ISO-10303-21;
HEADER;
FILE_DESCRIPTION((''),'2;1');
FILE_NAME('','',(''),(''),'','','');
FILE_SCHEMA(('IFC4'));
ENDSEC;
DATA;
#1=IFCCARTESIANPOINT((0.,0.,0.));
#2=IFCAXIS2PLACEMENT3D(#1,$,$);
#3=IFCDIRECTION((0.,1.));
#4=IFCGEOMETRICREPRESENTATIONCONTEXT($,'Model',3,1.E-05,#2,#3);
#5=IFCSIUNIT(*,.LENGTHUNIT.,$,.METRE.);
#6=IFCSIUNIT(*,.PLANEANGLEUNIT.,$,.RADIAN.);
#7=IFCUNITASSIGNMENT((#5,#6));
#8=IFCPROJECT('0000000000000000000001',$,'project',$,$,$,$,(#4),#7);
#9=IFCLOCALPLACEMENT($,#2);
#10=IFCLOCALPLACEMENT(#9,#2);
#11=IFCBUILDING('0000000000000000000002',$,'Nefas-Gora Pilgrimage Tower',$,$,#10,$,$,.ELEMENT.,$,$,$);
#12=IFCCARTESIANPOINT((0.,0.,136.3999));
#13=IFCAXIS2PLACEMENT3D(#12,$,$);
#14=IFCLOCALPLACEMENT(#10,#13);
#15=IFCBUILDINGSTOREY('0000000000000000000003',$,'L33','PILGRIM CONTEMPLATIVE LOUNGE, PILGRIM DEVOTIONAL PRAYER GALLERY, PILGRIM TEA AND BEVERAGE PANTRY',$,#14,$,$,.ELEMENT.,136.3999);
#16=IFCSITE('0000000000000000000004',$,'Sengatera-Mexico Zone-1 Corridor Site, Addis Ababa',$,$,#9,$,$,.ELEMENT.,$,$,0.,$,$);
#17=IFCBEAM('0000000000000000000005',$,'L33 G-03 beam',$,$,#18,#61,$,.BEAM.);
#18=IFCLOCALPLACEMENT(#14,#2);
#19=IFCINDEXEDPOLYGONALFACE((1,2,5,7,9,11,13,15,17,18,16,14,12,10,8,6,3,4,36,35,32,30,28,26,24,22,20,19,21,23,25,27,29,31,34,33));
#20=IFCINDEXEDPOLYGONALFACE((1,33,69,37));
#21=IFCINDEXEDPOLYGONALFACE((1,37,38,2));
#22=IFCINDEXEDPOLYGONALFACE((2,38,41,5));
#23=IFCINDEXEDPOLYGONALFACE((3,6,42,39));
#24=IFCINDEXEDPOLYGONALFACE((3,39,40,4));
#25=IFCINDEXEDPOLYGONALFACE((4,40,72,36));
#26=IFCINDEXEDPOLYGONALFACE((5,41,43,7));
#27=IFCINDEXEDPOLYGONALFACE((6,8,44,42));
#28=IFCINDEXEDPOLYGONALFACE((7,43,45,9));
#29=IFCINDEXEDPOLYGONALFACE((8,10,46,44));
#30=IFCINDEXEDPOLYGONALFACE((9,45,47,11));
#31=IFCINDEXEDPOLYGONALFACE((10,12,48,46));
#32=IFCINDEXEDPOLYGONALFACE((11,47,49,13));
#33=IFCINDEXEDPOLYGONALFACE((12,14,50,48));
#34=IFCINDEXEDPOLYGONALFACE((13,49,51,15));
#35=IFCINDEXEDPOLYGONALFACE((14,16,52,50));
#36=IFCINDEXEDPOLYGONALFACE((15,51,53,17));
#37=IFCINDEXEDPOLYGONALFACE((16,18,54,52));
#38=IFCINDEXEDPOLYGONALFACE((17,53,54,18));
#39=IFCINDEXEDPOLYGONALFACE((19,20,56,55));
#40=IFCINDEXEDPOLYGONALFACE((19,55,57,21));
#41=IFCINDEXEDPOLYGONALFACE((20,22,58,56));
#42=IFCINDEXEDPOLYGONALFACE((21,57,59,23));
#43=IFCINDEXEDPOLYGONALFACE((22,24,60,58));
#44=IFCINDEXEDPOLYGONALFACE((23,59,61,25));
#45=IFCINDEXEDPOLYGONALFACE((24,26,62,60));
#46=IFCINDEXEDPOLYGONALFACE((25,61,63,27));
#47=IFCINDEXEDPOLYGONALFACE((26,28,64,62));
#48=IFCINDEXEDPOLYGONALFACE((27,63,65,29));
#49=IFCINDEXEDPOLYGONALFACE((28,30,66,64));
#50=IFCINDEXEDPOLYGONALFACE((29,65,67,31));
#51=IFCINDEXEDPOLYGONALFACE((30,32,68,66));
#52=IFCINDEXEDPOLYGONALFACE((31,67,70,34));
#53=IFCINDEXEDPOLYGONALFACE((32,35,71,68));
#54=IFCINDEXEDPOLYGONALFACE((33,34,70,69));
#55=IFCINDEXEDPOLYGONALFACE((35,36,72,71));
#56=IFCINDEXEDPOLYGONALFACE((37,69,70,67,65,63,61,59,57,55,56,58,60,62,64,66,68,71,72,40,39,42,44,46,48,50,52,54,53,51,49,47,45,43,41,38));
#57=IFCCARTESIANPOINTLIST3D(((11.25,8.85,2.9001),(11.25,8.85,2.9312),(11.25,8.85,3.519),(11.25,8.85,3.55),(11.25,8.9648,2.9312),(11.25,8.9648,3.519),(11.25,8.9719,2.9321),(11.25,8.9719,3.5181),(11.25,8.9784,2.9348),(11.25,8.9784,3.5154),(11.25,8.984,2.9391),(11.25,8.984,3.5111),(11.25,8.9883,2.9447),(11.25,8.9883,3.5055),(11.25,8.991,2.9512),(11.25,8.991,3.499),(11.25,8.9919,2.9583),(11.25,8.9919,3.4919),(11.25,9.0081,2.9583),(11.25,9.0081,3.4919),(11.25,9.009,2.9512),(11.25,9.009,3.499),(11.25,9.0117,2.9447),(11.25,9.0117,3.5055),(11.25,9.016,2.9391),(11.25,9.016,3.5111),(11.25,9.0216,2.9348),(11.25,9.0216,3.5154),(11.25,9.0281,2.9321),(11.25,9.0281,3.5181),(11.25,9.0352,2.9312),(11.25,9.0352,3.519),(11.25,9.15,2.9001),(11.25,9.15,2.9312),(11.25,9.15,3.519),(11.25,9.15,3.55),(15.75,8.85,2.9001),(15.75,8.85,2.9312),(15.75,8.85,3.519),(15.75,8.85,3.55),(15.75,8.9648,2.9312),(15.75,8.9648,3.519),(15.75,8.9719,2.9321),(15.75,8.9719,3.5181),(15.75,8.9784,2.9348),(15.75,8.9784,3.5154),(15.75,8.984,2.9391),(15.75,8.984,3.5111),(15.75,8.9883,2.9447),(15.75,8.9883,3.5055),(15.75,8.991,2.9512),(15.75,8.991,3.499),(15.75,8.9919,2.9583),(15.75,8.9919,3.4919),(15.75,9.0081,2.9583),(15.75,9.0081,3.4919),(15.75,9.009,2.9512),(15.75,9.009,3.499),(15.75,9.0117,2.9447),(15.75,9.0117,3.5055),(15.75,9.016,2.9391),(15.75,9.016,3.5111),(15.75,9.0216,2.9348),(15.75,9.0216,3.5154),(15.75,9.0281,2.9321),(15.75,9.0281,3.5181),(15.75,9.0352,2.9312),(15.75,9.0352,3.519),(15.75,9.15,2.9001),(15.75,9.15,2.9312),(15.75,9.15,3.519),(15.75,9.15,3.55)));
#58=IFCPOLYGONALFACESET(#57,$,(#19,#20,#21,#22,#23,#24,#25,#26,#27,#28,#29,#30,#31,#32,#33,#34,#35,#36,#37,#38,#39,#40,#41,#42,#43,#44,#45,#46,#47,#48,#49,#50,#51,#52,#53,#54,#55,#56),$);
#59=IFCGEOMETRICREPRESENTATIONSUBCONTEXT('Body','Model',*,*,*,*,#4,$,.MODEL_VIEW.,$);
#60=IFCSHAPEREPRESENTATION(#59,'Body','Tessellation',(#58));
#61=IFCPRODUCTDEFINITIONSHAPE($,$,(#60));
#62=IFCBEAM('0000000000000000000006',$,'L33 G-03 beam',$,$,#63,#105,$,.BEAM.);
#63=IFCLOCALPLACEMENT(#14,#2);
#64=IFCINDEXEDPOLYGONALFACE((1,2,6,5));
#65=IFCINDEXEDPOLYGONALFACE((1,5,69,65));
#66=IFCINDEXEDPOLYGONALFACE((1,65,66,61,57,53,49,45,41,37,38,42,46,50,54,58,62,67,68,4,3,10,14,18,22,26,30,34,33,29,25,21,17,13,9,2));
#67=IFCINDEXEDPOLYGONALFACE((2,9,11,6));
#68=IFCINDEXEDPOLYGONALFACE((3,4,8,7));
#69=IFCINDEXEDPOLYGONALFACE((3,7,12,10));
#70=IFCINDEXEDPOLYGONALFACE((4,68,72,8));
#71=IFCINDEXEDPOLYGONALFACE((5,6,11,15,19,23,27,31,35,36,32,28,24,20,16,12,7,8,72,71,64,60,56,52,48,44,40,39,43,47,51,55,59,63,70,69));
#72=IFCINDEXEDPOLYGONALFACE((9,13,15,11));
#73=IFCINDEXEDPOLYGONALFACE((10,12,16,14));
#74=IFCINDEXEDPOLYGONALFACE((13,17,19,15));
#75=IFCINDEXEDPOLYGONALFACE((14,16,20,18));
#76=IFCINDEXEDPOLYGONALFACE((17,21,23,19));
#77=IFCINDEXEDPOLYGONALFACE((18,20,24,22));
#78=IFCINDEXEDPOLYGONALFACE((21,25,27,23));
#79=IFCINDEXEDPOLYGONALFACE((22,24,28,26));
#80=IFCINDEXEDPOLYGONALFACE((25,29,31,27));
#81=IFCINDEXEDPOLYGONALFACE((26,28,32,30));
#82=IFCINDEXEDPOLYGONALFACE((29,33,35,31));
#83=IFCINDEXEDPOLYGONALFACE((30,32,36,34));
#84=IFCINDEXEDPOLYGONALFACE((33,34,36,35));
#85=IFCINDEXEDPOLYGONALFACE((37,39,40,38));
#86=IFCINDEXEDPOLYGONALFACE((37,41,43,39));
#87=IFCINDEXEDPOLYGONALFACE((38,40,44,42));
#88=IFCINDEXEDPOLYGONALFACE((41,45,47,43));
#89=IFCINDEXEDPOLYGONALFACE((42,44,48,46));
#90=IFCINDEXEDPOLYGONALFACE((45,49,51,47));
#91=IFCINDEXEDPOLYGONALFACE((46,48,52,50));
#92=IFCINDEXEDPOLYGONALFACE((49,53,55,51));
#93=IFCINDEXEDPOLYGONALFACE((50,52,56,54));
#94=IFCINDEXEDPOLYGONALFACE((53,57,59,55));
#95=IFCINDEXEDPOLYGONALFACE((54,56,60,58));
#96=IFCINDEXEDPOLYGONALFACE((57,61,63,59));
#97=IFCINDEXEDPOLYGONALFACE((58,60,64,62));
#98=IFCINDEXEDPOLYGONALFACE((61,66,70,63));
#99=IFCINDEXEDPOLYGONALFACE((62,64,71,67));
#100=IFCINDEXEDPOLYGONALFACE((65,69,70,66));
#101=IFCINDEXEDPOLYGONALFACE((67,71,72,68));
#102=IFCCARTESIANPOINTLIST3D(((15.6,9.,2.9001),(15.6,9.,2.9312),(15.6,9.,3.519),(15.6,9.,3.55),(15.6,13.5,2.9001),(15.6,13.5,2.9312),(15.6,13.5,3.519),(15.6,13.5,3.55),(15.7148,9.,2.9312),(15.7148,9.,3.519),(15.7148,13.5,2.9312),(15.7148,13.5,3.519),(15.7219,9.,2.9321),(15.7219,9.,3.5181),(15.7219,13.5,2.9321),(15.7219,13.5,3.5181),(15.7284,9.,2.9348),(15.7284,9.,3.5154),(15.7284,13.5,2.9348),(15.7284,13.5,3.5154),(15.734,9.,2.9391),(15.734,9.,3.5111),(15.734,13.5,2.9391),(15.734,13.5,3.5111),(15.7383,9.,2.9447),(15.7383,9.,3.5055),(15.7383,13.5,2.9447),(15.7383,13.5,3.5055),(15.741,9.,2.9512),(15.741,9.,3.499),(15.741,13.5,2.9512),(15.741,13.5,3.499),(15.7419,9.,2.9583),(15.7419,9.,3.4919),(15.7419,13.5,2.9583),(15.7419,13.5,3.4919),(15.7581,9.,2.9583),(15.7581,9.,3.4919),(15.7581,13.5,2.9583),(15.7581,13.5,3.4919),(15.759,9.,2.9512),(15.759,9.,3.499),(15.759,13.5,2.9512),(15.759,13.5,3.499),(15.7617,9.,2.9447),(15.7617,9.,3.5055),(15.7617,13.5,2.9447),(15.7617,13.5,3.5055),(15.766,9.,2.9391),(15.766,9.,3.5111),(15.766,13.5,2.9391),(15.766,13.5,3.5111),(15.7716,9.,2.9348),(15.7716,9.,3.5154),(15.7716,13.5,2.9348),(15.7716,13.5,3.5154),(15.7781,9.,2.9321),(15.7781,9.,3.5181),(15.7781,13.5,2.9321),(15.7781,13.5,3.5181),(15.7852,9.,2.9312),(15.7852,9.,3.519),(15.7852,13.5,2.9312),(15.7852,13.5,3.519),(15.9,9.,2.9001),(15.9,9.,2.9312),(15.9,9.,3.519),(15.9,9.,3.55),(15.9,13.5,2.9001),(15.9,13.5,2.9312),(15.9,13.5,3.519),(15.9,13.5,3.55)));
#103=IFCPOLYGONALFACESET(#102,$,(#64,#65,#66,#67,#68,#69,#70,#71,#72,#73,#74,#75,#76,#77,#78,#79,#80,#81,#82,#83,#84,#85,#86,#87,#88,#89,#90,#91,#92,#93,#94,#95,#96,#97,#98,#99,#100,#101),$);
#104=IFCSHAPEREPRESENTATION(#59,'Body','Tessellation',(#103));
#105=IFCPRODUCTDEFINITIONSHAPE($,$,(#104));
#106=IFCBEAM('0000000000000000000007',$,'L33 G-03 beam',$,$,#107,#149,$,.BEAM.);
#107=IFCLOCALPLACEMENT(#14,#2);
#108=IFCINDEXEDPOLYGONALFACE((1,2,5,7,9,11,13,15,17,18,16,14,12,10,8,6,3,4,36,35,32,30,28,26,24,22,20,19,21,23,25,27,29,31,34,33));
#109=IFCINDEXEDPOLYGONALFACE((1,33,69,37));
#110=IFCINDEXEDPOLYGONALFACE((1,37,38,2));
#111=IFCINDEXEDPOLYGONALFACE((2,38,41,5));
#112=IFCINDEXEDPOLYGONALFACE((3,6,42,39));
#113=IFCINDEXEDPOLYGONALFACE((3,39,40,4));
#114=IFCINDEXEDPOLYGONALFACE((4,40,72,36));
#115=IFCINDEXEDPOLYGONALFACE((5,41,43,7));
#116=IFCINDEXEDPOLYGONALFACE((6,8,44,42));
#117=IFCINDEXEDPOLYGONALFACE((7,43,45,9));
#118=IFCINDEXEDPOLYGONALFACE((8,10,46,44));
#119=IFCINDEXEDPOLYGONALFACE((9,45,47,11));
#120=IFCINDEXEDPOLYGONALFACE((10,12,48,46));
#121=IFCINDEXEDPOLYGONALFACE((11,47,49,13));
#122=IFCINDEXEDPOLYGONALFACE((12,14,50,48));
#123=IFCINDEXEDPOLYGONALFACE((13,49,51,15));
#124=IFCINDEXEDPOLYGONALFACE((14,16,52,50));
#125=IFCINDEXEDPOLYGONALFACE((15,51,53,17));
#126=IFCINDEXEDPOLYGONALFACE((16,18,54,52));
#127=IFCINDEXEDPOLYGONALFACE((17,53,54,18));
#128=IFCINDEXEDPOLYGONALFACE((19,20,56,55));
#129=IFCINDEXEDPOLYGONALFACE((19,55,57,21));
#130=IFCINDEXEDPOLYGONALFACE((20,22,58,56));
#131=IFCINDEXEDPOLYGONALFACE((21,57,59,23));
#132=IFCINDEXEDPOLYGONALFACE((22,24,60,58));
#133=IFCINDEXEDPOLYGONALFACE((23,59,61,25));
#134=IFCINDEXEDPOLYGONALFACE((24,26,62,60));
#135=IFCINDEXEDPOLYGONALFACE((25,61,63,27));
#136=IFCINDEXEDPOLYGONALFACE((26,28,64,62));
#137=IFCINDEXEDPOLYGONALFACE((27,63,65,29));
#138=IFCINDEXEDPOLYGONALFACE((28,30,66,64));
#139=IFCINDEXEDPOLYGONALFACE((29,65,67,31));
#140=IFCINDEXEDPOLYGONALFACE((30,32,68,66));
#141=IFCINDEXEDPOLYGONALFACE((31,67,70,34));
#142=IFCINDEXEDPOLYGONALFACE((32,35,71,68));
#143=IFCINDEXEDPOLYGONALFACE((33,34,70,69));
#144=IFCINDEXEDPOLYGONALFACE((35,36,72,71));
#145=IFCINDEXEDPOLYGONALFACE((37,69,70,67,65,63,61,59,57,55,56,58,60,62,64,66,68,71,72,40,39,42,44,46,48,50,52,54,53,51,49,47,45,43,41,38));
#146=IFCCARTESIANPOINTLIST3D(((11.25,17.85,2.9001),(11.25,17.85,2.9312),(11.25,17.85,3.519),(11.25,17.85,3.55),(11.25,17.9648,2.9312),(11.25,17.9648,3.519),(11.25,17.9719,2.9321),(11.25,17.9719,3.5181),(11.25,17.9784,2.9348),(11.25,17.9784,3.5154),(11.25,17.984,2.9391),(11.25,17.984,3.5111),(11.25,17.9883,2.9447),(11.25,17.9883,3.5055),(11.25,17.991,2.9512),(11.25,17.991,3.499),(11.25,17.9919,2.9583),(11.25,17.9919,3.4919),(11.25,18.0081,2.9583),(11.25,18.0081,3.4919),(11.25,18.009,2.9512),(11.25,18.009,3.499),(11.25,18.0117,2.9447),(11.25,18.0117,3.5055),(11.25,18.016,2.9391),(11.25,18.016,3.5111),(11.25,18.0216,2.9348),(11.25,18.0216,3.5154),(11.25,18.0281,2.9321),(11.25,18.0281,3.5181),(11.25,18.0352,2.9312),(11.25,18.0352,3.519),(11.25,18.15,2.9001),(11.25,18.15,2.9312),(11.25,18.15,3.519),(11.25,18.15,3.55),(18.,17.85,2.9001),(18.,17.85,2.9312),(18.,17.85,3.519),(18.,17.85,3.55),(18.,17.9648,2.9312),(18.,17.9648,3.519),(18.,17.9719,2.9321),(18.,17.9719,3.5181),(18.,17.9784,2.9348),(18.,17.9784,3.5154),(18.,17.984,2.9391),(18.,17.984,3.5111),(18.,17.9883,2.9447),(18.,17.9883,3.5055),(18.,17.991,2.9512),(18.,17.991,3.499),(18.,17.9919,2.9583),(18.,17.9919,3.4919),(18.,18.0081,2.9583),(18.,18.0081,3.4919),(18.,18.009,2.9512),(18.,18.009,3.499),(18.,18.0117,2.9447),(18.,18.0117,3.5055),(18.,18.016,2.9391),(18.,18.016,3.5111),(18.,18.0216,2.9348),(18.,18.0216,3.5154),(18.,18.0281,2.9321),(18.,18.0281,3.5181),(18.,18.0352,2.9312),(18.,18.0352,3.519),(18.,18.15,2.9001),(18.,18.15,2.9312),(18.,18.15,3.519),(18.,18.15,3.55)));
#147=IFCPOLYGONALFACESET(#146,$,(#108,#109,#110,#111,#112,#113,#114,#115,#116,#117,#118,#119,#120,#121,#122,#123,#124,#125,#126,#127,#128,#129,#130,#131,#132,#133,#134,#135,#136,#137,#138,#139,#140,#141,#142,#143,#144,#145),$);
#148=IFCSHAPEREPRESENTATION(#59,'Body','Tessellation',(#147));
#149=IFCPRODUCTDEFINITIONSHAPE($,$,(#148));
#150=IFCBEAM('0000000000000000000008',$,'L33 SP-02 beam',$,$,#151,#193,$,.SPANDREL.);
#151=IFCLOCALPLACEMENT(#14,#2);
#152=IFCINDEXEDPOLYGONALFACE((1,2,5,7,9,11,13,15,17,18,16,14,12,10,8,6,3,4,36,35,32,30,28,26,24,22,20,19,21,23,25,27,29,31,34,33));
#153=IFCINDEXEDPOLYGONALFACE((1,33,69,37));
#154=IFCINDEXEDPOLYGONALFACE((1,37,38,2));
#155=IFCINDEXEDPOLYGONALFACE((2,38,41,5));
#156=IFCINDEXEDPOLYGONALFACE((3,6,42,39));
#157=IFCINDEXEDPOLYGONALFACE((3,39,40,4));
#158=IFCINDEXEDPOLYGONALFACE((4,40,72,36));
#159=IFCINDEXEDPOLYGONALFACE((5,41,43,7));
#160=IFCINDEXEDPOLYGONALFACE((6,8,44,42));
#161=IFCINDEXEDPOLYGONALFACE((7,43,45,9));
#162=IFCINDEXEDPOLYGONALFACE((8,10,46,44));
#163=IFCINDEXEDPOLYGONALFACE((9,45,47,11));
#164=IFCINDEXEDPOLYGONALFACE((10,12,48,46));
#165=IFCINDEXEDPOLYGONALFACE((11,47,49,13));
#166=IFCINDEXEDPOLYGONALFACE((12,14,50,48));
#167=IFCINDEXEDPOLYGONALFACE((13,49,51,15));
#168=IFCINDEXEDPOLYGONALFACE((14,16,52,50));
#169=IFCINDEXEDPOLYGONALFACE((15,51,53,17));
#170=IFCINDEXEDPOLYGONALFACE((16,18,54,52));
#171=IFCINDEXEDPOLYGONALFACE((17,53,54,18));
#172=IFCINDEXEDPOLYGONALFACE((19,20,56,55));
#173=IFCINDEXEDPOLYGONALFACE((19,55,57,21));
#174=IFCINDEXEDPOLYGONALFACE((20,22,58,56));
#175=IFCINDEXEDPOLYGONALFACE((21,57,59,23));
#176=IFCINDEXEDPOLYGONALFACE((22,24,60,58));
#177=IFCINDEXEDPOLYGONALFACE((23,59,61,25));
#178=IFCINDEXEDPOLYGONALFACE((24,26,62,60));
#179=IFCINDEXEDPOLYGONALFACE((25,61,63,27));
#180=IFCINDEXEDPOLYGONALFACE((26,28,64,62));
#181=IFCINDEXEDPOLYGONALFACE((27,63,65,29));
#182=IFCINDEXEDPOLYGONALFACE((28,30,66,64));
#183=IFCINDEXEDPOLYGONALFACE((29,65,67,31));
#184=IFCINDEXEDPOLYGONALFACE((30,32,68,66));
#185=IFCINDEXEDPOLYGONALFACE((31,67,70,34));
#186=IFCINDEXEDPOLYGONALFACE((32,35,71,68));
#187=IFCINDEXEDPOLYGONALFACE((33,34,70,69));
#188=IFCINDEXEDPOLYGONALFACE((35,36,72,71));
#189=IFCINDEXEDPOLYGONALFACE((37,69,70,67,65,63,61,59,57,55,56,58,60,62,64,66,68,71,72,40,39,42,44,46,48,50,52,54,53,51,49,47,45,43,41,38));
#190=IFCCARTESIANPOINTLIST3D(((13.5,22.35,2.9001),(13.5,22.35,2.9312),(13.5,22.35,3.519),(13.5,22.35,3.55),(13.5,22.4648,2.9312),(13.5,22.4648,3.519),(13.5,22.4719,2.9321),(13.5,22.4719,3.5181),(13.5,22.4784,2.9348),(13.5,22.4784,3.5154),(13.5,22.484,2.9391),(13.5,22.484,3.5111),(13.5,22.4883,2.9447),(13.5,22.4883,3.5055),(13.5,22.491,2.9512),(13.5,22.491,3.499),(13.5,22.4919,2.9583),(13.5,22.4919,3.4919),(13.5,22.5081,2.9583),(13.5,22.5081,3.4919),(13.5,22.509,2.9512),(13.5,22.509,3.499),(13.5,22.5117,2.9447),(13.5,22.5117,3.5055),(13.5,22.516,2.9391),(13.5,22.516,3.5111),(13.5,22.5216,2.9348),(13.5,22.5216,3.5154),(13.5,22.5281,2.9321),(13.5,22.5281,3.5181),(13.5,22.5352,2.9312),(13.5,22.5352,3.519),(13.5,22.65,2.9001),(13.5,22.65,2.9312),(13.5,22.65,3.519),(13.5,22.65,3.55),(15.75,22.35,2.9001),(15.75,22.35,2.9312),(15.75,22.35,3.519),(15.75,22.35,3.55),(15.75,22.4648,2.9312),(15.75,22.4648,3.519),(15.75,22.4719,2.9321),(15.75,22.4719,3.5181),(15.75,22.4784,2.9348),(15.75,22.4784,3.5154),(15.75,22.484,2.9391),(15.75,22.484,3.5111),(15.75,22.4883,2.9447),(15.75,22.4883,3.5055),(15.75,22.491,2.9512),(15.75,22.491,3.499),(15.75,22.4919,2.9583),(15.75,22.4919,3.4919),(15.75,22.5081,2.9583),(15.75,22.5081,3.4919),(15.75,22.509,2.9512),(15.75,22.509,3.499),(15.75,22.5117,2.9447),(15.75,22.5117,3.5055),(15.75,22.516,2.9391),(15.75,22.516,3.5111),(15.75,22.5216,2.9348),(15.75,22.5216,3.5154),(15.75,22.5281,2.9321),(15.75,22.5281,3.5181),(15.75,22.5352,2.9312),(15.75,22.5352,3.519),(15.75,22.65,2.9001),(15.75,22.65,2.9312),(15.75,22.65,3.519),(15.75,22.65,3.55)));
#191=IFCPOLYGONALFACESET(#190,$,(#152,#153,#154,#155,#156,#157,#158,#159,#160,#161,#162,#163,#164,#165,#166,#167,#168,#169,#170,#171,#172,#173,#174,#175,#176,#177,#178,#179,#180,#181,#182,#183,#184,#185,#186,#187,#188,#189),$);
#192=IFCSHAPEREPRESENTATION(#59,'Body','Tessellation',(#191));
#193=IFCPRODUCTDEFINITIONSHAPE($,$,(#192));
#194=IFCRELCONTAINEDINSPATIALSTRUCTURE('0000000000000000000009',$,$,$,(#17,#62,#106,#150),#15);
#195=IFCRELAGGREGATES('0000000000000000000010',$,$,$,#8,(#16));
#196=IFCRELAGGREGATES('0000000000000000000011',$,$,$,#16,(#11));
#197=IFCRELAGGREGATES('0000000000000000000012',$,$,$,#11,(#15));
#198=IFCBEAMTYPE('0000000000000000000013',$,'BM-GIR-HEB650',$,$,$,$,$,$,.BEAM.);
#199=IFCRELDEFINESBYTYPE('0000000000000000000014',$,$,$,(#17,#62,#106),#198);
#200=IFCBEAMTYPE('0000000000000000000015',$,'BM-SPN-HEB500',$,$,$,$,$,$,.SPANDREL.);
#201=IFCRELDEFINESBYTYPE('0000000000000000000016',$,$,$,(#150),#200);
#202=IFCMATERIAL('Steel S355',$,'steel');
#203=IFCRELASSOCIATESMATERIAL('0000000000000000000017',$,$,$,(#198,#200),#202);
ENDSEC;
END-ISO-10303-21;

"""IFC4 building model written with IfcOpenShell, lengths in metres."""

from ifc_helpers import new_model, si_unit, direction, frame, origin, origin_2d, place, context, subcontext, project, spatial, i_section, extrude, source, transform, mapped, material, material_profile, profile_set, type_object, element, save


model = new_model("IFC4")

# Units and contexts
model_context = context("Model", 3, precision=1e-05, world=origin(), true_north=direction((0.0, 1.0)))
body_context = subcontext(model_context, "Body", "Model", "MODEL_VIEW")
ifc_project = project(units=[si_unit("LENGTHUNIT", "METRE"), si_unit("PLANEANGLEUNIT", "RADIAN")], contexts=[model_context])

# Site, building, storey
site_placement = place(None, origin())
site = spatial("IfcSite", under=ifc_project, at=site_placement, Name="Sengatera-Mexico Zone-1 Corridor Site, Addis Ababa", CompositionType="ELEMENT", RefElevation=0.0)
building_placement = place(site_placement, origin())
building = spatial("IfcBuilding", under=site, at=building_placement, Name="Nefas-Gora Pilgrimage Tower", CompositionType="ELEMENT")
storey_placement = place(building_placement, frame((0.0, 0.0, 136.3999)))
storey = spatial("IfcBuildingStorey", under=building, at=storey_placement, Name="L33", Description="PILGRIM CONTEMPLATIVE LOUNGE, PILGRIM DEVOTIONAL PRAYER GALLERY, PILGRIM TEA AND BEVERAGE PANTRY", CompositionType="ELEMENT", Elevation=136.3999)

# Beams
ifc_material_1 = material(Name="Steel S355", Category="steel")
ifc_material_profile_1 = material_profile(ifc_material_1, i_section(OverallWidth=0.3, OverallDepth=0.6499, WebThickness=0.0161, FlangeThickness=0.031, FilletRadius=0.0271, at=origin_2d()), Name="HEB 650")
ifc_profile_set_1 = profile_set([ifc_material_profile_1], Name="Steel S355")
beam_type_1 = type_object("IfcBeamType", Name="BM-GIR-HEB650", PredefinedType="BEAM", material=ifc_profile_set_1)
shared_shape_1 = source(origin(), body_context, "Body", "SweptSolid", [
    extrude(i_section(OverallWidth=0.3, OverallDepth=0.6499, WebThickness=0.0161, FlangeThickness=0.031, FilletRadius=0.0271, at=origin_2d()), origin(), (0.0, 0.0, 1.0), 4.5),
])
for number, where, z_axis, x_axis, name in (
    (1, (11.25, 9.0, 3.2251), (1.0, 0.0, 0.0), (0.0, 1.0, 0.0), "L33 G-03 beam"),
    (2, (15.75, 9.0, 3.2251), (0.0, 1.0, 0.0), (-1.0, 0.0, 0.0), "L33 G-03 beam"),
):
    element("IfcBeam", number, at=place(storey_placement, frame(where, z_axis=z_axis, x_axis=x_axis)), inside=storey, type_object=beam_type_1, Name=name, PredefinedType="BEAM", context=body_context, shape_type="MappedRepresentation", body=[
        mapped(shared_shape_1, transform((0.0, 0.0, 0.0), x_axis=(1.0, 0.0, 0.0), y_axis=(0.0, 1.0, 0.0), z_axis=(0.0, 0.0, 1.0), scale=1.0)),
    ])
shared_shape_2 = source(origin(), body_context, "Body", "SweptSolid", [
    extrude(i_section(OverallWidth=0.3, OverallDepth=0.6499, WebThickness=0.0161, FlangeThickness=0.031, FilletRadius=0.0271, at=origin_2d()), origin(), (0.0, 0.0, 1.0), 6.75),
])
beam_1_placement = place(storey_placement, frame((11.25, 18.0, 3.2251), z_axis=(1.0, 0.0, 0.0), x_axis=(0.0, 1.0, 0.0)))
element("IfcBeam", 3, at=beam_1_placement, inside=storey, type_object=beam_type_1, Name="L33 G-03 beam", PredefinedType="BEAM", context=body_context, shape_type="MappedRepresentation", body=[
    mapped(shared_shape_2, transform((0.0, 0.0, 0.0), x_axis=(1.0, 0.0, 0.0), y_axis=(0.0, 1.0, 0.0), z_axis=(0.0, 0.0, 1.0), scale=1.0)),
])
ifc_material_profile_2 = material_profile(ifc_material_1, i_section(OverallWidth=0.3, OverallDepth=0.6499, WebThickness=0.0161, FlangeThickness=0.031, FilletRadius=0.0271, at=origin_2d()), Name="HEB 650")
ifc_profile_set_2 = profile_set([ifc_material_profile_2], Name="Steel S355")
beam_type_2 = type_object("IfcBeamType", Name="BM-SPN-HEB500", PredefinedType="SPANDREL", material=ifc_profile_set_2)
shared_shape_3 = source(origin(), body_context, "Body", "SweptSolid", [
    extrude(i_section(OverallWidth=0.3, OverallDepth=0.6499, WebThickness=0.0161, FlangeThickness=0.031, FilletRadius=0.0271, at=origin_2d()), origin(), (0.0, 0.0, 1.0), 2.25),
])
beam_2_placement = place(storey_placement, frame((13.5, 22.5, 3.2251), z_axis=(1.0, 0.0, 0.0), x_axis=(0.0, 1.0, 0.0)))
element("IfcBeam", 4, at=beam_2_placement, inside=storey, type_object=beam_type_2, Name="L33 SP-02 beam", PredefinedType="SPANDREL", context=body_context, shape_type="MappedRepresentation", body=[
    mapped(shared_shape_3, transform((0.0, 0.0, 0.0), x_axis=(1.0, 0.0, 0.0), y_axis=(0.0, 1.0, 0.0), z_axis=(0.0, 0.0, 1.0), scale=1.0)),
])

save(model, "model.ifc")
